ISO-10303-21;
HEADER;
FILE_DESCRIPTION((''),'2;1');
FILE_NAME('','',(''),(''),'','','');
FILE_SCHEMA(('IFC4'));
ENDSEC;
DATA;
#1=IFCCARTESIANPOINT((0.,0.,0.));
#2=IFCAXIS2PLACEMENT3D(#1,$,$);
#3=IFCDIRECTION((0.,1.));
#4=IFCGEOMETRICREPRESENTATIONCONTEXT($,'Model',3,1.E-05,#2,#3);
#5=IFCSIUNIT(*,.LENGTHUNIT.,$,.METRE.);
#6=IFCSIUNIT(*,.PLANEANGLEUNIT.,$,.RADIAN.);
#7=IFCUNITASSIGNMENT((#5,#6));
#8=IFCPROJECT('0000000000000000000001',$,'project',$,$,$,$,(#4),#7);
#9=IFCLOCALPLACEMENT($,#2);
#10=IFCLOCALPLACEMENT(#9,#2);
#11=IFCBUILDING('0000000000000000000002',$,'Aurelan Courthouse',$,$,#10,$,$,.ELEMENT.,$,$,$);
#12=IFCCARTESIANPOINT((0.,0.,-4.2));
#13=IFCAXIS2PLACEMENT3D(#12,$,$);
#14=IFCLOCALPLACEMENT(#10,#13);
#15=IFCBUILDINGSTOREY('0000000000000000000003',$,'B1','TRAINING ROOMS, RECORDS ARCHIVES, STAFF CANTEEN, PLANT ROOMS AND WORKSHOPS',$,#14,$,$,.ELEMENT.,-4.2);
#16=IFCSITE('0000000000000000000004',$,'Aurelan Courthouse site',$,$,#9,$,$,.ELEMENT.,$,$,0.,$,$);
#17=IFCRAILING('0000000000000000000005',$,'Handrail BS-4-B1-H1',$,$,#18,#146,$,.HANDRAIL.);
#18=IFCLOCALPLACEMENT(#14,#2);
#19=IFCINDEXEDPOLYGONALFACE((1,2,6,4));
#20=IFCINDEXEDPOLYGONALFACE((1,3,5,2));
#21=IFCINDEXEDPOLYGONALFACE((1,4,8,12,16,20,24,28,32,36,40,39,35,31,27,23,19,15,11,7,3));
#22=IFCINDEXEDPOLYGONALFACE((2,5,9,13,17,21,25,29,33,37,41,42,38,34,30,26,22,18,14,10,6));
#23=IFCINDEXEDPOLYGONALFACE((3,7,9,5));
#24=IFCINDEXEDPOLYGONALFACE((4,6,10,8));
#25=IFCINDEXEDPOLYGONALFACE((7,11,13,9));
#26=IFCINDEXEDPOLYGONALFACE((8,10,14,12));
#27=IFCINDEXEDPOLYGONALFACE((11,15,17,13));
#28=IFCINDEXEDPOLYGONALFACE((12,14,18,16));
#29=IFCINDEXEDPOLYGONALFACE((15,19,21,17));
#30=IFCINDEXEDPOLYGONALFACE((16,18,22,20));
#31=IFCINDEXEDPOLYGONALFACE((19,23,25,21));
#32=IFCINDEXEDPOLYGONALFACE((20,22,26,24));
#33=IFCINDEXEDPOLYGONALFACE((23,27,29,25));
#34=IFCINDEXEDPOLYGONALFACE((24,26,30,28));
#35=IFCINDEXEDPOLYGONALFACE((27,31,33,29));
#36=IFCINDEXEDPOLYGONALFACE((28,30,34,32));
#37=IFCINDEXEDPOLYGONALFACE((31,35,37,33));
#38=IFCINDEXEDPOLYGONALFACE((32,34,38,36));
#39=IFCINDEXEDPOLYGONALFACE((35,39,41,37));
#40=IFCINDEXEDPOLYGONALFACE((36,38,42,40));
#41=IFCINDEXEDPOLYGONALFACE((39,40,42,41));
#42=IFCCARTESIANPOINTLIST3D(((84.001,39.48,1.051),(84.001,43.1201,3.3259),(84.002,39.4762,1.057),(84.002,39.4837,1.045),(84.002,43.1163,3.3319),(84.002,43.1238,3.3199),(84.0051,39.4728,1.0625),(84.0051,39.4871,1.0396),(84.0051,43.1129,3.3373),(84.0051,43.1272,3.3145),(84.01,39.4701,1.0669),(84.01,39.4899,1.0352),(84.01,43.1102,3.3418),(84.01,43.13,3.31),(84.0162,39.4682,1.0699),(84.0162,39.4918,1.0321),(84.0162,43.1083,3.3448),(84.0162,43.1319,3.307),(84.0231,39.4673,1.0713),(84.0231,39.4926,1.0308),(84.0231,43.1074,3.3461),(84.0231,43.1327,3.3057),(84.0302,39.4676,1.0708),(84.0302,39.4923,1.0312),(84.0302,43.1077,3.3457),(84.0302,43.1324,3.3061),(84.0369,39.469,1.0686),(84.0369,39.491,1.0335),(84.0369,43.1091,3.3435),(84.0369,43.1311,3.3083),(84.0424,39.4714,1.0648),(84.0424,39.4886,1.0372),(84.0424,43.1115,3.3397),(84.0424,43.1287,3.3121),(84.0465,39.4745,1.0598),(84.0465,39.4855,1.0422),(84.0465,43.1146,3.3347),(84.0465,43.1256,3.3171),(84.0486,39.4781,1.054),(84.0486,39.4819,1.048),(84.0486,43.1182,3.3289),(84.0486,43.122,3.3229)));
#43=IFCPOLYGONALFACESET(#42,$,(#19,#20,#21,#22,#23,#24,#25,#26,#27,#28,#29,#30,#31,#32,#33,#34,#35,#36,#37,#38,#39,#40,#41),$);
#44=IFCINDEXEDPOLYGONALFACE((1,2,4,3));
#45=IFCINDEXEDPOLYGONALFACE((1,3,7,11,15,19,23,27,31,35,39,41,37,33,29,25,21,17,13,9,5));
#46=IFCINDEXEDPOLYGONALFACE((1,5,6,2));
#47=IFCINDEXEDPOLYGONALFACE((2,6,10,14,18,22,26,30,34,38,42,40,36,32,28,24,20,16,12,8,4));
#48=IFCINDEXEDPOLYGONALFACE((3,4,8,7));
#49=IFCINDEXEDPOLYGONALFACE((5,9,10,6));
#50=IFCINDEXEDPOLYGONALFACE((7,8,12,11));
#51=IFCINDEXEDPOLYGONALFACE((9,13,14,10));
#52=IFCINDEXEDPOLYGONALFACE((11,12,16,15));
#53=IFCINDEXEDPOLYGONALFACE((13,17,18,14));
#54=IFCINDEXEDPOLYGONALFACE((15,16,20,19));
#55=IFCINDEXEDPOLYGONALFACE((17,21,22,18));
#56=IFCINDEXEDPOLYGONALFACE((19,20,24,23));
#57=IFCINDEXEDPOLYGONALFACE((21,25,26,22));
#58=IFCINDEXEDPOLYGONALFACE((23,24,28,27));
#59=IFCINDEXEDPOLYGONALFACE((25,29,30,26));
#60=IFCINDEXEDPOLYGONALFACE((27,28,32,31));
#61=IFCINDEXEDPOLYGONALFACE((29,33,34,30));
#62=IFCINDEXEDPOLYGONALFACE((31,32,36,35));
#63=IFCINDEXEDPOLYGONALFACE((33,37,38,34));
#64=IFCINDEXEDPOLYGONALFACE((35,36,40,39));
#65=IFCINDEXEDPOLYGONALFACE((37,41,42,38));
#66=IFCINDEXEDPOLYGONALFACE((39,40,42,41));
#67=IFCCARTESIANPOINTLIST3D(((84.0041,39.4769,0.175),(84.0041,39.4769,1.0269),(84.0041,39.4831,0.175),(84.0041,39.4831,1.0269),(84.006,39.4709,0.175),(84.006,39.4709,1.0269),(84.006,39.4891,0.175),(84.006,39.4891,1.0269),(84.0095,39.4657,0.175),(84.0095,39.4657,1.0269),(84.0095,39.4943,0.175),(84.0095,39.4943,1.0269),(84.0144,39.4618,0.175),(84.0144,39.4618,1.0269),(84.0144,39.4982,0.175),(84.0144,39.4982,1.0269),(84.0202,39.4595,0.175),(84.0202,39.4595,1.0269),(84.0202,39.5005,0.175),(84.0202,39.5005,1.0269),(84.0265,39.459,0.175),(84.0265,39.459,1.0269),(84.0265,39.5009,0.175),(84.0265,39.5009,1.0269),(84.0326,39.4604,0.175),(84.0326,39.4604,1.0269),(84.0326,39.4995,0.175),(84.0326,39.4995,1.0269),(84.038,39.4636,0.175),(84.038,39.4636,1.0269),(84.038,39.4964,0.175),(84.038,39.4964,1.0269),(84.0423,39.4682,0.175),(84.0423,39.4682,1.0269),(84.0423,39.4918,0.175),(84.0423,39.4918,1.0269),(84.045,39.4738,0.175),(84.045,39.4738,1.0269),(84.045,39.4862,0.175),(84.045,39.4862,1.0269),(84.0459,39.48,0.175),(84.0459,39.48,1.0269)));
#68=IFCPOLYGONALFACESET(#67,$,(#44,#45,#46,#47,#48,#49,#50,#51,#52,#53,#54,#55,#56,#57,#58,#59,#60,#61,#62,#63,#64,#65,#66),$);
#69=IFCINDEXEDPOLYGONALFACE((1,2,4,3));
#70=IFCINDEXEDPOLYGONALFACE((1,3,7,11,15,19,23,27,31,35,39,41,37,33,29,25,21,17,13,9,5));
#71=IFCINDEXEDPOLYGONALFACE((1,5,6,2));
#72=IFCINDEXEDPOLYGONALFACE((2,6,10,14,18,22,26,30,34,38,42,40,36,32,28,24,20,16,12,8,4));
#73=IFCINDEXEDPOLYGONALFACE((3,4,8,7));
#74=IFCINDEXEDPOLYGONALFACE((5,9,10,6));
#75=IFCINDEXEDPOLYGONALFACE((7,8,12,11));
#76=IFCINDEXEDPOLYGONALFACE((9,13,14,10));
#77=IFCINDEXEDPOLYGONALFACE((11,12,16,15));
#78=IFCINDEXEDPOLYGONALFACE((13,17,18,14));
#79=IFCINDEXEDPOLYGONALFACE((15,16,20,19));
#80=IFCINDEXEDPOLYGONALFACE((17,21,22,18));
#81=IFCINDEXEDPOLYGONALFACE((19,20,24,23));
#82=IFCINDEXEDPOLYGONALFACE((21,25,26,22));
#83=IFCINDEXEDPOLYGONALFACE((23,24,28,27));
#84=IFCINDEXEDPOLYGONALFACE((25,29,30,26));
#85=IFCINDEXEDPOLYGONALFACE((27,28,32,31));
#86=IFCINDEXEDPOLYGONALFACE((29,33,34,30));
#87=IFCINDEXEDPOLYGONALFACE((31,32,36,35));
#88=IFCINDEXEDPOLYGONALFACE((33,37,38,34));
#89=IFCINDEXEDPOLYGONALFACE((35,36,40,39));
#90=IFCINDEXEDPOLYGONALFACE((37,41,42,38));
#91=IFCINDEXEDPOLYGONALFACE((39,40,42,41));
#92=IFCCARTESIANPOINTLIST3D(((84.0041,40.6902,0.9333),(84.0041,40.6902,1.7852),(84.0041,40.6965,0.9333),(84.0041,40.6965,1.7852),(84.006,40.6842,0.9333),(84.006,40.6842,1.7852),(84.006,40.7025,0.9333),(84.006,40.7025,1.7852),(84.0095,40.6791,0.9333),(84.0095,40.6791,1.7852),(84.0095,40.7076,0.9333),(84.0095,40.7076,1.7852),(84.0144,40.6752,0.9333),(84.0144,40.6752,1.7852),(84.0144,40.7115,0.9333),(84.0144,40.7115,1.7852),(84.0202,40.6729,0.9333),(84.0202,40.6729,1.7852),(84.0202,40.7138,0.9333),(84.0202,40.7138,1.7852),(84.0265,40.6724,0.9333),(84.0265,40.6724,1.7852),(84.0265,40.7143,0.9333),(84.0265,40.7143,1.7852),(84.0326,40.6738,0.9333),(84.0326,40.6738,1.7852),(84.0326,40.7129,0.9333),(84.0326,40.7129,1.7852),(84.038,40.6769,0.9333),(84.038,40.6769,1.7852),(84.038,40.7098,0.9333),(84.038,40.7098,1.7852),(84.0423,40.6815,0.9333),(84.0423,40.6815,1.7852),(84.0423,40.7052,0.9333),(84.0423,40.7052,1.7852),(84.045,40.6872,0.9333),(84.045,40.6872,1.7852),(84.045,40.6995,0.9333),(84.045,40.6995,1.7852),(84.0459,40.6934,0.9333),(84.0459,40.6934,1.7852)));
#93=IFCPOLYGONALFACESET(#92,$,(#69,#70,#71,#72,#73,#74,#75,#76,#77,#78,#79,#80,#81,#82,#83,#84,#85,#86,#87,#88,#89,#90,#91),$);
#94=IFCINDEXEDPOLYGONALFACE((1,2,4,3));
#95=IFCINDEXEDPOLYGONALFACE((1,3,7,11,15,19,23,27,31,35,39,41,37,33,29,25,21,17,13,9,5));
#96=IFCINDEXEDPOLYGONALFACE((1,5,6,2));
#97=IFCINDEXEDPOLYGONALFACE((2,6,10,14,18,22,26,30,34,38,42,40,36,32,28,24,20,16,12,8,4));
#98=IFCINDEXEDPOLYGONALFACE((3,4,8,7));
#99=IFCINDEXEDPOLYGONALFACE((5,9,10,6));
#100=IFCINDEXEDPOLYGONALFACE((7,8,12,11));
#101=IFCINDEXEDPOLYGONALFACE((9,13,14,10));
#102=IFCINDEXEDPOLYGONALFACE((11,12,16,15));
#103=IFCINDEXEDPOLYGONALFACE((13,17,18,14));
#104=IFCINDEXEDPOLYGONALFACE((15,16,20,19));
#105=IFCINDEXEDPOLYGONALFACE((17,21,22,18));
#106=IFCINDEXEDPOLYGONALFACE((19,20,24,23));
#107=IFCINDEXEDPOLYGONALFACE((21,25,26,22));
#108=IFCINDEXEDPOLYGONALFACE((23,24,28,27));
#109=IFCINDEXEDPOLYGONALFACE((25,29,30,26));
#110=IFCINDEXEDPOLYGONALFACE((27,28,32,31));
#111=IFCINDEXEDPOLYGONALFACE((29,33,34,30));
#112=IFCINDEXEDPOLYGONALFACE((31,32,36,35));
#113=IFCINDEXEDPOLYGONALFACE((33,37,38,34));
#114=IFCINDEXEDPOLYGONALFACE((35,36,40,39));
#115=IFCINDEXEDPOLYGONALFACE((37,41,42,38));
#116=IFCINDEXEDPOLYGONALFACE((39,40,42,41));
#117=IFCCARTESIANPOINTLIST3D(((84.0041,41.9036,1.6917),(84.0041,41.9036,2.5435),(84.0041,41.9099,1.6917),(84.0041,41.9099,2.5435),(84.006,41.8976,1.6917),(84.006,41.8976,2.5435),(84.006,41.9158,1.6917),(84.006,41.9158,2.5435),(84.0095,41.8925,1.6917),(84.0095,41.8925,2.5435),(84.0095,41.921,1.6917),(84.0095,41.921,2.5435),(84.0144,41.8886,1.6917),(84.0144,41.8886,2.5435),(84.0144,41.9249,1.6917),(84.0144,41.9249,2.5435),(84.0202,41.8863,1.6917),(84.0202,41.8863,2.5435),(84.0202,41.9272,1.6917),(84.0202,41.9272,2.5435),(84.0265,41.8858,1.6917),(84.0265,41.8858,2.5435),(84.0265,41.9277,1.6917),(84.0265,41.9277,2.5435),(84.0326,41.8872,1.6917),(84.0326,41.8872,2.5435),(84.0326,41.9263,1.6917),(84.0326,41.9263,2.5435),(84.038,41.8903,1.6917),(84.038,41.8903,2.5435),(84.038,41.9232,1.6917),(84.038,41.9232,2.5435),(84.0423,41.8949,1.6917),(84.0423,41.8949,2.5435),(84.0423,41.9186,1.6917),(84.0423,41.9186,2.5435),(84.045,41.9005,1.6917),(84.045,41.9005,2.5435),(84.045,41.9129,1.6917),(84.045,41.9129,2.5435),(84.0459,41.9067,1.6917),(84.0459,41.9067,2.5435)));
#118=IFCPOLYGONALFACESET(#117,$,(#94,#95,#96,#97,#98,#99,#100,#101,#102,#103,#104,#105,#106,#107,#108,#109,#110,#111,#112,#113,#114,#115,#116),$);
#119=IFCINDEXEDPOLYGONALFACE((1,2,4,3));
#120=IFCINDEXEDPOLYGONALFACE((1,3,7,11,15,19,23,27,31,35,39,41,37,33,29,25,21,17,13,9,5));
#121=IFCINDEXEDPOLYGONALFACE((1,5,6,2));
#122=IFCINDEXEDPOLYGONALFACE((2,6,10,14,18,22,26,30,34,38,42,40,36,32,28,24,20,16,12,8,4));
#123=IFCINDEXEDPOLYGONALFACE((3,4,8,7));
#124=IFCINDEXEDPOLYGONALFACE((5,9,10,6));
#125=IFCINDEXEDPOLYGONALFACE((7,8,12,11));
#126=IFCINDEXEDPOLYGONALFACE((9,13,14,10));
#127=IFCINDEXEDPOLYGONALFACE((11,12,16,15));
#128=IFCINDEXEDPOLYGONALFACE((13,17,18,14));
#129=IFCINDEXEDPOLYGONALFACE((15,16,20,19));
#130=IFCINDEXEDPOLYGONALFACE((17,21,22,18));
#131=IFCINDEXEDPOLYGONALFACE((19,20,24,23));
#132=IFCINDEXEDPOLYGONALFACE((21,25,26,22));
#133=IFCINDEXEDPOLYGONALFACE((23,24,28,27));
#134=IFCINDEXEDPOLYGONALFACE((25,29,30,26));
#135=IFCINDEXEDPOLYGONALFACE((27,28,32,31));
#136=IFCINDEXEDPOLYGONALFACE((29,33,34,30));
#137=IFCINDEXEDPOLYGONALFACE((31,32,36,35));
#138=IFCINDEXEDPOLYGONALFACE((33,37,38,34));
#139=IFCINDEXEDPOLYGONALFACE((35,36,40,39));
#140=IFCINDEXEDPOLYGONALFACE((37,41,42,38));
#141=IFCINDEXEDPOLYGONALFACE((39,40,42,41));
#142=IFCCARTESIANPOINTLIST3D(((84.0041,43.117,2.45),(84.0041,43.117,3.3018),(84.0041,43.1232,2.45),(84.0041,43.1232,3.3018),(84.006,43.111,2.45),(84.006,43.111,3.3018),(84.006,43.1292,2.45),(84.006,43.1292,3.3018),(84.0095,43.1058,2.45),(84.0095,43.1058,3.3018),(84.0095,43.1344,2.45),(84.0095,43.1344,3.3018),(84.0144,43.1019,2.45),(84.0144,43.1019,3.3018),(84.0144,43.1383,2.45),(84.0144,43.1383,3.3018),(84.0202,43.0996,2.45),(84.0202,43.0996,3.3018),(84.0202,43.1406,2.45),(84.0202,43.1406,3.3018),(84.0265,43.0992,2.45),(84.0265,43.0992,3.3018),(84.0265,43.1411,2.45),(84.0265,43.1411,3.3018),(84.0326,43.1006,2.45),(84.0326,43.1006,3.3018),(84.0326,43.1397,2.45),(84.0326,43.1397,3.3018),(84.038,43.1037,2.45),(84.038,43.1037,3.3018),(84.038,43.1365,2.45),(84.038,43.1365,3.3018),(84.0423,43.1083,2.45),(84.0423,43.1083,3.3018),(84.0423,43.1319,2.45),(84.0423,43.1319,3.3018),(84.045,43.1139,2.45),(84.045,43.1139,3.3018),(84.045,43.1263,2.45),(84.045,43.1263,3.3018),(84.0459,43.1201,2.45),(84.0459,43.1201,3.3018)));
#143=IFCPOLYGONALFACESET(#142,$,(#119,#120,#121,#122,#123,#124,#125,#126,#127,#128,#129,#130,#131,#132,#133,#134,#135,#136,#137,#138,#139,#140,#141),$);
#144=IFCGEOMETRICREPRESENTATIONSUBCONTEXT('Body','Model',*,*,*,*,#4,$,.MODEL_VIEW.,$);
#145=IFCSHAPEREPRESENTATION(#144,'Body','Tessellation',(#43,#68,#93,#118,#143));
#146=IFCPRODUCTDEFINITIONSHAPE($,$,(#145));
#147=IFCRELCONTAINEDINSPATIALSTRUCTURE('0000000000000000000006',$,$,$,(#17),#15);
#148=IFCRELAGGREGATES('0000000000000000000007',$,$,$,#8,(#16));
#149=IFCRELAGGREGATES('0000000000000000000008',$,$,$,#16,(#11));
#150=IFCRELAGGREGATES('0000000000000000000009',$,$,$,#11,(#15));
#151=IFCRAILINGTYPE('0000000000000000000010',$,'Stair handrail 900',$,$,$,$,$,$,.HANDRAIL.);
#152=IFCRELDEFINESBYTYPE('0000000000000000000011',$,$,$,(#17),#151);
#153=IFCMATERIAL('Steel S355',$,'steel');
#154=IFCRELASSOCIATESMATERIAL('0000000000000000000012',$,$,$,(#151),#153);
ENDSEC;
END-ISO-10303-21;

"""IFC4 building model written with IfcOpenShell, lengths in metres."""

from ifc_helpers import new_model, si_unit, direction, frame, origin, origin_2d, place, context, subcontext, project, spatial, circle, extrude, material, type_object, element, save


model = new_model("IFC4")

# Units and contexts
model_context = context("Model", 3, precision=1e-05, world=origin(), true_north=direction((0.0, 1.0)))
body_context = subcontext(model_context, "Body", "Model", "MODEL_VIEW")
ifc_project = project(units=[si_unit("LENGTHUNIT", "METRE"), si_unit("PLANEANGLEUNIT", "RADIAN")], contexts=[model_context])

# Site, building, storey
site_placement = place(None, origin())
site = spatial("IfcSite", under=ifc_project, at=site_placement, Name="Aurelan Courthouse site", CompositionType="ELEMENT", RefElevation=0.0)
building_placement = place(site_placement, origin())
building = spatial("IfcBuilding", under=site, at=building_placement, Name="Aurelan Courthouse", CompositionType="ELEMENT")
storey_placement = place(building_placement, frame((0.0, 0.0, -4.2)))
storey = spatial("IfcBuildingStorey", under=building, at=storey_placement, Name="B1", Description="TRAINING ROOMS, RECORDS ARCHIVES, STAFF CANTEEN, PLANT ROOMS AND WORKSHOPS", CompositionType="ELEMENT", Elevation=-4.2)

# Railing
ifc_material_1 = material(Name="Steel S355", Category="steel")
railing_type_1 = type_object("IfcRailingType", Name="Stair handrail 900", PredefinedType="HANDRAIL", material=ifc_material_1)
for number, where, name in (
    (1, (84.0249, 39.48, 0.175), "Handrail BS-4-B1-H1"),
):
    element("IfcRailing", number, at=place(storey_placement, frame(where)), inside=storey, type_object=railing_type_1, Name=name, PredefinedType="HANDRAIL", context=body_context, shape_type="SweptSolid", body=[
        extrude(circle(Radius=0.0239, at=origin_2d()), frame((0.0, 0.0, 0.876), z_axis=(0.0, 0.848017, 0.529968), x_axis=(-1.0, 0.0, 0.0)), (0.0, 0.0, 1.0), 4.2925),
        extrude(circle(Radius=0.021, at=origin_2d()), origin(), (0.0, 0.0, 1.0), 0.8518),
        extrude(circle(Radius=0.021, at=origin_2d()), frame((0.0, 1.2134, 0.7583)), (0.0, 0.0, 1.0), 0.8518),
        extrude(circle(Radius=0.021, at=origin_2d()), frame((0.0, 2.4268, 1.5166)), (0.0, 0.0, 1.0), 0.8518),
        extrude(circle(Radius=0.021, at=origin_2d()), frame((0.0, 3.6401, 2.2749)), (0.0, 0.0, 1.0), 0.8518),
    ])

save(model, "model.ifc")
